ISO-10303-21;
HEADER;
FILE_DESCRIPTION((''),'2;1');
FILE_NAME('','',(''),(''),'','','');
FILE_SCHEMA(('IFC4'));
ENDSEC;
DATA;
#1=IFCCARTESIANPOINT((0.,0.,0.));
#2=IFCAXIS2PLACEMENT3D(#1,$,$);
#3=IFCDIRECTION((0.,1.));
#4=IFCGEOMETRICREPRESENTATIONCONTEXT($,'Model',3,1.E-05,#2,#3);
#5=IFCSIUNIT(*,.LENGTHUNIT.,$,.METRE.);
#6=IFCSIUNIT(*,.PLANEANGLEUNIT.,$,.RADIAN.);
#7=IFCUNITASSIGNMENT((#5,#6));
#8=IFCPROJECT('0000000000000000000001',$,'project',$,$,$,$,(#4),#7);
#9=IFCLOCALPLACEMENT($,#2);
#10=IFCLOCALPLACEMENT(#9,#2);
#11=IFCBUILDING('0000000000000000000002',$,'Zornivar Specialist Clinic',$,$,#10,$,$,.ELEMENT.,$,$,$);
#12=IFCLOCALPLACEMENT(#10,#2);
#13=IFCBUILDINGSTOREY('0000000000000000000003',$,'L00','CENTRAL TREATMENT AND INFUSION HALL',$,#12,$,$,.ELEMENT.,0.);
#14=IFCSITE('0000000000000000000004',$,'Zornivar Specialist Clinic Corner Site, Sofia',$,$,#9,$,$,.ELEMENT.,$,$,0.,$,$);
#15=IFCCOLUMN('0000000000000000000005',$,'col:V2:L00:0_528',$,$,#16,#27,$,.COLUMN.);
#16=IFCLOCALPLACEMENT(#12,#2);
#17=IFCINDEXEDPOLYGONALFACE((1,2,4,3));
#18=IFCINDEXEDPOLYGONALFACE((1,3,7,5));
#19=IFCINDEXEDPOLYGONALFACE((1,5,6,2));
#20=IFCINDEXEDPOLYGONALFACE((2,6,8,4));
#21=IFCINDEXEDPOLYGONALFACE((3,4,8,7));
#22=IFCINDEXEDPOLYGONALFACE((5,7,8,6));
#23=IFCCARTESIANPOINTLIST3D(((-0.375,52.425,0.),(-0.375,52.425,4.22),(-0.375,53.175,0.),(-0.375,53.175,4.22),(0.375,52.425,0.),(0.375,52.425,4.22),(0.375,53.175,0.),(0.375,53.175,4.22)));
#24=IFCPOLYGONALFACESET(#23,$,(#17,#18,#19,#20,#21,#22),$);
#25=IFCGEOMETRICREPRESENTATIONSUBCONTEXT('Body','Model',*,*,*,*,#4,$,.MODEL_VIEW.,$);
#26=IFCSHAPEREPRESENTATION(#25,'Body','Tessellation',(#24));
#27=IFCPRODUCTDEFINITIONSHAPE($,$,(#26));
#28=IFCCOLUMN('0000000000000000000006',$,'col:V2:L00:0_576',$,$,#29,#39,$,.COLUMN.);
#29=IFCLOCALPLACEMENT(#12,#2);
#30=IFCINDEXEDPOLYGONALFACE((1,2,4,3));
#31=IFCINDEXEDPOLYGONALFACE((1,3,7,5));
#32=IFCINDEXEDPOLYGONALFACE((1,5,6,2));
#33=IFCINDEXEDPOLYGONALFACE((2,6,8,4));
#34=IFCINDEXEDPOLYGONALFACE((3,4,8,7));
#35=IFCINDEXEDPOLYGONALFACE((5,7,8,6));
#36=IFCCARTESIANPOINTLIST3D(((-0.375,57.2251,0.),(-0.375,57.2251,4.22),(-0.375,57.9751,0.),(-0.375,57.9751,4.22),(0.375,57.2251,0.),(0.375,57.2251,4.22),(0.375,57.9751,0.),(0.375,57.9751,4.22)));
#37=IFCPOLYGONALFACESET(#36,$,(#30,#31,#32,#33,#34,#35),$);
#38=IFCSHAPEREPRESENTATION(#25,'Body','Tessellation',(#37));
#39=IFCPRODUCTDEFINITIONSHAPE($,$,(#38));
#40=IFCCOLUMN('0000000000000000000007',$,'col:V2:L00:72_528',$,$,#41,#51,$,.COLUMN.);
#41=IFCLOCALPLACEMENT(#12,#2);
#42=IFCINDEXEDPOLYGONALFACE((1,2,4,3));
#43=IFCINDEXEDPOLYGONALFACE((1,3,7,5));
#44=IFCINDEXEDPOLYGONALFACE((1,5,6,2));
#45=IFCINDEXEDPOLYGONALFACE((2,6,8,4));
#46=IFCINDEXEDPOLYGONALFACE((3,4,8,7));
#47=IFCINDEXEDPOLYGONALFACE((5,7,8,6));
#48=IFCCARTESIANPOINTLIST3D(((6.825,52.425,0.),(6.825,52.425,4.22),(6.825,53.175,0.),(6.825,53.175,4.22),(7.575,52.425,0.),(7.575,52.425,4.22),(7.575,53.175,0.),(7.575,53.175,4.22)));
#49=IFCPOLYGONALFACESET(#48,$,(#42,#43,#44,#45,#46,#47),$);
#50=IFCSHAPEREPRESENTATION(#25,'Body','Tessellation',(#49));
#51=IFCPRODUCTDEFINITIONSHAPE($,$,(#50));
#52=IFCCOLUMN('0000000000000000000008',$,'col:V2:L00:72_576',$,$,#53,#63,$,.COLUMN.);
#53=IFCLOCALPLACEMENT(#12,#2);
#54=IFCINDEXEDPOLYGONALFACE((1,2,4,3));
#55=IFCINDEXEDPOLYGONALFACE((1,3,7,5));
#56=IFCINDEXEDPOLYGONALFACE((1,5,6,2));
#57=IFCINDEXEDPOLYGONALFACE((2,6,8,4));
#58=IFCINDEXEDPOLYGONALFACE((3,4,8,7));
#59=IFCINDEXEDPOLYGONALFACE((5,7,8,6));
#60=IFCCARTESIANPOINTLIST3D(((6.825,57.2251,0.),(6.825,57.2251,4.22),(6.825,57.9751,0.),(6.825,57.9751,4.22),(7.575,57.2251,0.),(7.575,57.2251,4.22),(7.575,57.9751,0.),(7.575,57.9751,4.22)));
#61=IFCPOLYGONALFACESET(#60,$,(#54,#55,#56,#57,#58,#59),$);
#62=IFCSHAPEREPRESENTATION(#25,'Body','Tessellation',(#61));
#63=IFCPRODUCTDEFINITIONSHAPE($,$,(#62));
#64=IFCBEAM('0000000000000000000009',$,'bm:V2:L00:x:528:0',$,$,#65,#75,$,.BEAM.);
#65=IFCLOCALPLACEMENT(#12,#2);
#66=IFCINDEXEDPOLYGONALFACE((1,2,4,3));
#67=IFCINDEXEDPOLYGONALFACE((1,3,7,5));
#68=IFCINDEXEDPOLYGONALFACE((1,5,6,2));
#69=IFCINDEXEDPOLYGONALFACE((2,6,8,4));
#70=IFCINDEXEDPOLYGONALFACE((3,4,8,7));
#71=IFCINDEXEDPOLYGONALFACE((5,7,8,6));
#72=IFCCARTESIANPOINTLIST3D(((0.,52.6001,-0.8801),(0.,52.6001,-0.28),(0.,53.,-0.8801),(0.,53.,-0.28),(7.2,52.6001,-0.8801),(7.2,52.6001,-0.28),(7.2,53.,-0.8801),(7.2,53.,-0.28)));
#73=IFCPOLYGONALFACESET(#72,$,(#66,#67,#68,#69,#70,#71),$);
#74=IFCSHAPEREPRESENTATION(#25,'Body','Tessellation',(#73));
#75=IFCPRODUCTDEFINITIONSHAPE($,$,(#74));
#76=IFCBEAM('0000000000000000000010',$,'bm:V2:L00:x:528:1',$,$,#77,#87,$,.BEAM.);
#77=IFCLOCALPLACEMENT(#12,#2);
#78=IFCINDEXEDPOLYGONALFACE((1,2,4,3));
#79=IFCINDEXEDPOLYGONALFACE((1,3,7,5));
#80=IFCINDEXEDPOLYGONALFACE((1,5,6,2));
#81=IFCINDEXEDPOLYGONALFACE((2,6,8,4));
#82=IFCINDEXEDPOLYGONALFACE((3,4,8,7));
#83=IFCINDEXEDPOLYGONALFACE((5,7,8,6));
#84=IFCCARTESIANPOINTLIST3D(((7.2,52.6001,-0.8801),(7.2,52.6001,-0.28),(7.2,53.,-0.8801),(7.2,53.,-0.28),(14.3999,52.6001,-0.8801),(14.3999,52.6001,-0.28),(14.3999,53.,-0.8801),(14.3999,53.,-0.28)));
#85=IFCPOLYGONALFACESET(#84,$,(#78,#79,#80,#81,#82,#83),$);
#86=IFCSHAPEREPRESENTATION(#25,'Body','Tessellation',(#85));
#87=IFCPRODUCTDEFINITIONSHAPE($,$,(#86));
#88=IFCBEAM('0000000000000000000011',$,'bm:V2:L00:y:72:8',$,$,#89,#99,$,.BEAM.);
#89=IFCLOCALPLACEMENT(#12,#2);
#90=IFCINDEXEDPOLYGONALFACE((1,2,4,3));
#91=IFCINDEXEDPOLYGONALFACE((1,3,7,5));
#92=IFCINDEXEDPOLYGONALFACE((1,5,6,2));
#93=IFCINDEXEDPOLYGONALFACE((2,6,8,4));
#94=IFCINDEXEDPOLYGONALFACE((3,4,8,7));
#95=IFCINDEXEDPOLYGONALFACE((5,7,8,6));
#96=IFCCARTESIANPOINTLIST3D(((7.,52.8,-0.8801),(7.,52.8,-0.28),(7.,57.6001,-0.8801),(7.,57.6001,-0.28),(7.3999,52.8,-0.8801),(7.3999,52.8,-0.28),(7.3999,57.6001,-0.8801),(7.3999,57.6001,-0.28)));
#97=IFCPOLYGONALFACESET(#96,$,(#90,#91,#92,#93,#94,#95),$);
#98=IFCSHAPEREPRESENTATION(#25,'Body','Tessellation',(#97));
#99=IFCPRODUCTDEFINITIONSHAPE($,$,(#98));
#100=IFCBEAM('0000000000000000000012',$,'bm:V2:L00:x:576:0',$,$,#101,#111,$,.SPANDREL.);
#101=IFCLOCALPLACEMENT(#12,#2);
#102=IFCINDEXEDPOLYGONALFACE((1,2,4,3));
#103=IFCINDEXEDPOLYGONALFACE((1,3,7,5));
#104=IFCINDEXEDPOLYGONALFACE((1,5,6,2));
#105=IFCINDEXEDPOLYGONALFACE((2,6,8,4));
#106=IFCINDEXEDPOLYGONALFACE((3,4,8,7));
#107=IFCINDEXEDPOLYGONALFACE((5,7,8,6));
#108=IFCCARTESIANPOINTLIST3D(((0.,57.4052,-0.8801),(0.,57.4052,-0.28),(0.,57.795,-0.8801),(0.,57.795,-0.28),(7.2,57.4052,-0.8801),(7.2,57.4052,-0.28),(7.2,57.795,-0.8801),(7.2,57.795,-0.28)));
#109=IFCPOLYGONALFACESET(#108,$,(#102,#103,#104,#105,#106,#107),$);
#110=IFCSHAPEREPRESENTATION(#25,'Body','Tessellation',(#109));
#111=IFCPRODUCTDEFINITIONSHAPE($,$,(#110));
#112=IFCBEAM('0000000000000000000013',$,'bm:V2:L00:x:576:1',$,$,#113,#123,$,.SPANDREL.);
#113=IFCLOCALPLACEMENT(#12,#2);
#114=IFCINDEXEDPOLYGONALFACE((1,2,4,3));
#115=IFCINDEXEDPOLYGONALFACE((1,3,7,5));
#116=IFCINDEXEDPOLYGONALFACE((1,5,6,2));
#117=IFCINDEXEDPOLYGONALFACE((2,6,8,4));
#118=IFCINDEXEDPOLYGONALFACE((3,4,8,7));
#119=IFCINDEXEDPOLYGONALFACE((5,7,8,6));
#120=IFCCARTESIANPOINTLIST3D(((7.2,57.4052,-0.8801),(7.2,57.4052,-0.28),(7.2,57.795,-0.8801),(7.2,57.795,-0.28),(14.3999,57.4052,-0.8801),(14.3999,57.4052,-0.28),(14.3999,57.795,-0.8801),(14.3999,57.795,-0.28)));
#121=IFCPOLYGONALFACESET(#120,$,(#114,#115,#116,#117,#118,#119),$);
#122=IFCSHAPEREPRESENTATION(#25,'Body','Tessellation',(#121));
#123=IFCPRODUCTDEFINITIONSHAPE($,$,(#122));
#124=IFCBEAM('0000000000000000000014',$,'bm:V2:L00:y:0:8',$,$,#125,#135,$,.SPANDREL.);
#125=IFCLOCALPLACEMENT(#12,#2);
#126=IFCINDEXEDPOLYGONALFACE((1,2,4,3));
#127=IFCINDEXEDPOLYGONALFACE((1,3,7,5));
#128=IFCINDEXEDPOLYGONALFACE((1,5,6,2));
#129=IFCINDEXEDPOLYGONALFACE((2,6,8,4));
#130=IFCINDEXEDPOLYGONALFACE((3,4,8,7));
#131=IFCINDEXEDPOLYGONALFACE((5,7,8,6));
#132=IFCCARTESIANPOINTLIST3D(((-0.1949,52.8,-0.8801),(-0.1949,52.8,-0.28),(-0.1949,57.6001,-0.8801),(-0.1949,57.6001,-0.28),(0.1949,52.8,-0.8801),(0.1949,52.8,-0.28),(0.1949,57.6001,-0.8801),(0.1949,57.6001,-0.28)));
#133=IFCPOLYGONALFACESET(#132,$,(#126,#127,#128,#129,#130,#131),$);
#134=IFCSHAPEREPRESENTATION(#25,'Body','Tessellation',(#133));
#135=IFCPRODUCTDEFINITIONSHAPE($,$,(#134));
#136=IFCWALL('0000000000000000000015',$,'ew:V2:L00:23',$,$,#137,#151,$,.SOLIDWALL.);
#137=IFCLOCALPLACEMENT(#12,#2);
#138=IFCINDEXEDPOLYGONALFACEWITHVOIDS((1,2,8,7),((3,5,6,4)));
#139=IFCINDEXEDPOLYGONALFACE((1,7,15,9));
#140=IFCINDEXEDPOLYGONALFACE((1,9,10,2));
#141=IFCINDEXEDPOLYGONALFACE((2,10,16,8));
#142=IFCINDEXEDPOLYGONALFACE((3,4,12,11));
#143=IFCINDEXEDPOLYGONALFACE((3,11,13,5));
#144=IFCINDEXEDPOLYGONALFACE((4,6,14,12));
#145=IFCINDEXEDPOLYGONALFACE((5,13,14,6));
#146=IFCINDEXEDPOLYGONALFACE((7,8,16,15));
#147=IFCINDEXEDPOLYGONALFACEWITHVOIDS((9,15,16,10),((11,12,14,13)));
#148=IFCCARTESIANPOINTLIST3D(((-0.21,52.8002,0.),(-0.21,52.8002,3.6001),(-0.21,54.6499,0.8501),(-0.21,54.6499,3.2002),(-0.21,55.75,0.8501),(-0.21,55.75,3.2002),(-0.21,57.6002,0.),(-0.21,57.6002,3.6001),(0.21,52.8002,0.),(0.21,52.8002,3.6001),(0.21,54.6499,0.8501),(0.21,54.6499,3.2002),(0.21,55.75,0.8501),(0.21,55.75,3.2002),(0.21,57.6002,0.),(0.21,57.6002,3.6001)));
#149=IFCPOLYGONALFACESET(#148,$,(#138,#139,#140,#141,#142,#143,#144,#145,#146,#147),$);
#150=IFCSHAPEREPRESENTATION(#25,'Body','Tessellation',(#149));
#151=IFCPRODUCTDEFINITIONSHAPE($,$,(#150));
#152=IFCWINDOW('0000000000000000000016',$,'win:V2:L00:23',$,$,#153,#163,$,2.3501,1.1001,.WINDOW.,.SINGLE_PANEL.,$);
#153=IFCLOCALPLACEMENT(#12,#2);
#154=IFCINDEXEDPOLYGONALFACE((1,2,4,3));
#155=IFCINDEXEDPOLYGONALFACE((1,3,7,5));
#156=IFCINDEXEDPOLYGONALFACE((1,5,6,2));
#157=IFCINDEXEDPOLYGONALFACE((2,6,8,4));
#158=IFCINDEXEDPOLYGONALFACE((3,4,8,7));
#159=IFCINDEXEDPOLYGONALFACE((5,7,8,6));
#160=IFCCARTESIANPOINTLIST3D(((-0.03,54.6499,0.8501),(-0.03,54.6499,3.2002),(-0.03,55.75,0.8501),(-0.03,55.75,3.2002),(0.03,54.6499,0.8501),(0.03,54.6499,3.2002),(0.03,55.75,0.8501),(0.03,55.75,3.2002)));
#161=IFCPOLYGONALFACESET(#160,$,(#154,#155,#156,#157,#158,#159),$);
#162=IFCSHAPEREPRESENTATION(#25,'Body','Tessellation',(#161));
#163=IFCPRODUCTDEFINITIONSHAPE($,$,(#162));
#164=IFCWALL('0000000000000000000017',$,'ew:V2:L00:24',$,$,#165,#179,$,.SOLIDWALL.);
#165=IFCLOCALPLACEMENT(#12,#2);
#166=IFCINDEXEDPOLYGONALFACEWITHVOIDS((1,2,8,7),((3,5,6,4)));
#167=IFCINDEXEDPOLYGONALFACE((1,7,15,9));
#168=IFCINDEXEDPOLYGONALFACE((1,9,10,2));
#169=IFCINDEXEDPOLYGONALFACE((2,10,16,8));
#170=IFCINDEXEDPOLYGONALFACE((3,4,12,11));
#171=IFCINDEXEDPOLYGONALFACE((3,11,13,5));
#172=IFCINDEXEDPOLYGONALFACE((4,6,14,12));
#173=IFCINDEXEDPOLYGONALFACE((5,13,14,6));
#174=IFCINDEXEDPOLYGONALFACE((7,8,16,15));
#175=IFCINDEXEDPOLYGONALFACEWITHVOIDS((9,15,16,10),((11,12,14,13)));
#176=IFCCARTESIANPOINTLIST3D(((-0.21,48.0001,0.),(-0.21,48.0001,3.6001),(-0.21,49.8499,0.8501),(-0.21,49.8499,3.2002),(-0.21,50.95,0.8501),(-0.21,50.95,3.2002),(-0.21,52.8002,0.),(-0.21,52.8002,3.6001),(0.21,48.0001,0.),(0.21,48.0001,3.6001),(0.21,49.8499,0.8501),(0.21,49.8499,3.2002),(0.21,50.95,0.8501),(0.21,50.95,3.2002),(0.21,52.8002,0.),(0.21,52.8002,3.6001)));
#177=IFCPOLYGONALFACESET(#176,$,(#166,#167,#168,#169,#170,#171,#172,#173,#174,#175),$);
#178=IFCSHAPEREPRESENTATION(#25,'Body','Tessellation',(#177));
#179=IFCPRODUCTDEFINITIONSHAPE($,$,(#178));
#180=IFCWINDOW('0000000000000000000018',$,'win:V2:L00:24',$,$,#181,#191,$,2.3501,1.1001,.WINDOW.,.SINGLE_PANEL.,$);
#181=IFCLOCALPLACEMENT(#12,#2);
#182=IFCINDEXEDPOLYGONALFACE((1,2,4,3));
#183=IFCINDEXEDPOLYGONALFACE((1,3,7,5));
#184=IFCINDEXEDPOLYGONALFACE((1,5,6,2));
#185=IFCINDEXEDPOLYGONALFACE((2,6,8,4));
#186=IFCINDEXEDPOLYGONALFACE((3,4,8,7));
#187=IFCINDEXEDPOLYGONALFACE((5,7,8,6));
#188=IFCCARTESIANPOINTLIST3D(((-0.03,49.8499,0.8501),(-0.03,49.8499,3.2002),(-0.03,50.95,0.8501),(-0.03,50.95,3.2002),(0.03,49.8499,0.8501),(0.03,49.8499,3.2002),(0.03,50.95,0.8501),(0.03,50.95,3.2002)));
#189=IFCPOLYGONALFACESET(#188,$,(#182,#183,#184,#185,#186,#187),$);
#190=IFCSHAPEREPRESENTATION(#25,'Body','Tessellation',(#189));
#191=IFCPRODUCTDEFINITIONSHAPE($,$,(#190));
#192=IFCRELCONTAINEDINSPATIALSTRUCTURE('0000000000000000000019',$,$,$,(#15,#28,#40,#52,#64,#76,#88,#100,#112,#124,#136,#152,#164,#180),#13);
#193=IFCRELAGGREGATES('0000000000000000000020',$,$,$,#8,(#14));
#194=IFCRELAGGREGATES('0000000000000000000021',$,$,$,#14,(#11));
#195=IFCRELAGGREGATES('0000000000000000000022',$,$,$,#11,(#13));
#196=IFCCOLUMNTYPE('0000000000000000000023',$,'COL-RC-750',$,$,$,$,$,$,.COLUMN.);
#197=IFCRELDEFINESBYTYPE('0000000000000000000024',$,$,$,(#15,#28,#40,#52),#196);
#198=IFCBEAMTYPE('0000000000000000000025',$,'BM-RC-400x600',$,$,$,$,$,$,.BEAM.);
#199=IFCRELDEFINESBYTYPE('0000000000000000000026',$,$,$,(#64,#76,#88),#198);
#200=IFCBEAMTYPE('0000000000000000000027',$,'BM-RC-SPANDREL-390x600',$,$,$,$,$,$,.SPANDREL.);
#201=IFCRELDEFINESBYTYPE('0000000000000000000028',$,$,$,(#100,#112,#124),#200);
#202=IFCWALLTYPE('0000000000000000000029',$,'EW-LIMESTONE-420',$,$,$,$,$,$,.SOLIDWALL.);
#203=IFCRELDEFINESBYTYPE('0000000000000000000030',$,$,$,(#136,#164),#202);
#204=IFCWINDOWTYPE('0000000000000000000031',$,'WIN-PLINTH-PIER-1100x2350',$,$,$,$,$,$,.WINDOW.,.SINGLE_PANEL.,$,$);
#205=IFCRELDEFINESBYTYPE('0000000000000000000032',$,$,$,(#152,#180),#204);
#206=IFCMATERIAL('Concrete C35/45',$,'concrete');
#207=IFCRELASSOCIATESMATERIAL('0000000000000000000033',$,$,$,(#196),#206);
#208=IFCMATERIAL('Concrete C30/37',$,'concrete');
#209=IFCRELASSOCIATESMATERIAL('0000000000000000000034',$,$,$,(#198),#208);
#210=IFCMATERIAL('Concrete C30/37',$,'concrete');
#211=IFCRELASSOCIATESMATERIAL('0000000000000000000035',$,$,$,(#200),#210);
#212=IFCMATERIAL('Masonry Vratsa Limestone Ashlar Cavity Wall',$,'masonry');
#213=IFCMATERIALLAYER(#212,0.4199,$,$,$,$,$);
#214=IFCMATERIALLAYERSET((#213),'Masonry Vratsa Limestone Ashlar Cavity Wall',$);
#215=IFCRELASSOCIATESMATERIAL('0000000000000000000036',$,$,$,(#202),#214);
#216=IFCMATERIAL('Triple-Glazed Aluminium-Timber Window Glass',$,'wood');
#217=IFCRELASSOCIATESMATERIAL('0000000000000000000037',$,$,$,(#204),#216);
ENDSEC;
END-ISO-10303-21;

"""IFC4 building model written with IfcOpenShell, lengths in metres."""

from ifc_helpers import new_model, si_unit, direction, frame, frame_2d, origin, origin_2d, place, context, subcontext, project, spatial, rectangle, extrude, material, layer, layer_set, material_profile, profile_set, type_object, element, fill, save


model = new_model("IFC4")

# Units and contexts
model_context = context("Model", 3, precision=1e-05, world=origin(), true_north=direction((0.0, 1.0)))
body_context = subcontext(model_context, "Body", "Model", "MODEL_VIEW")
ifc_project = project(units=[si_unit("LENGTHUNIT", "METRE"), si_unit("PLANEANGLEUNIT", "RADIAN")], contexts=[model_context])

# Site, building, storey
site_placement = place(None, origin())
site = spatial("IfcSite", under=ifc_project, at=site_placement, Name="Zornivar Specialist Clinic Corner Site, Sofia", CompositionType="ELEMENT", RefElevation=0.0)
building_placement = place(site_placement, origin())
building = spatial("IfcBuilding", under=site, at=building_placement, Name="Zornivar Specialist Clinic", CompositionType="ELEMENT")
storey_placement = place(building_placement, origin())
storey = spatial("IfcBuildingStorey", under=building, at=storey_placement, Name="L00", Description="CENTRAL TREATMENT AND INFUSION HALL", CompositionType="ELEMENT", Elevation=0.0)

# Columns
ifc_material_1 = material(Name="Concrete C35/45", Category="concrete")
ifc_material_profile_1 = material_profile(ifc_material_1, rectangle(XDim=0.75, YDim=0.75, at=origin_2d()), Name="RC 750x750")
ifc_profile_set_1 = profile_set([ifc_material_profile_1], Name="Concrete C35/45")
column_type = type_object("IfcColumnType", Name="COL-RC-750", PredefinedType="COLUMN", material=ifc_profile_set_1)
for number, where, z_axis, x_axis, name in (
    (1, (0.0, 52.8, 0.0), (0.0, 0.0, 1.0), (1.0, 0.0, 0.0), "col:V2:L00:0_528"),
    (2, (0.0, 57.6001, 0.0), (0.0, 0.0, 1.0), (1.0, 0.0, 0.0), "col:V2:L00:0_576"),
    (3, (7.2, 52.8, 0.0), (0.0, 0.0, 1.0), (1.0, 0.0, 0.0), "col:V2:L00:72_528"),
    (4, (7.2, 57.6001, 0.0), (0.0, 0.0, 1.0), (1.0, 0.0, 0.0), "col:V2:L00:72_576"),
):
    element("IfcColumn", number, at=place(storey_placement, frame(where, z_axis=z_axis, x_axis=x_axis)), inside=storey, type_object=column_type, Name=name, PredefinedType="COLUMN", context=body_context, shape_type="SweptSolid", body=[
        extrude(rectangle(XDim=0.75, YDim=0.75, at=origin_2d()), origin(), (0.0, 0.0, 1.0), 4.22),
    ])

# Beams
ifc_material_2 = material(Name="Concrete C30/37", Category="concrete")
ifc_material_profile_2 = material_profile(ifc_material_2, rectangle(XDim=0.3999, YDim=0.6001, at=origin_2d()), Name="RC 400x600")
ifc_profile_set_2 = profile_set([ifc_material_profile_2], Name="Concrete C30/37")
beam_type_1 = type_object("IfcBeamType", Name="BM-RC-400x600", PredefinedType="BEAM", material=ifc_profile_set_2)
for number, where, z_axis, x_axis, name in (
    (5, (0.0, 52.8, -0.5801), (1.0, 0.0, 0.0), (0.0, 1.0, 0.0), "bm:V2:L00:x:528:0"),
    (6, (7.2, 52.8, -0.5801), (1.0, 0.0, 0.0), (0.0, 1.0, 0.0), "bm:V2:L00:x:528:1"),
):
    element("IfcBeam", number, at=place(storey_placement, frame(where, z_axis=z_axis, x_axis=x_axis)), inside=storey, type_object=beam_type_1, Name=name, PredefinedType="BEAM", context=body_context, shape_type="SweptSolid", body=[
        extrude(rectangle(XDim=0.3999, YDim=0.6001, at=origin_2d()), origin(), (0.0, 0.0, 1.0), 7.2),
    ])
beam_1_placement = place(storey_placement, frame((7.2, 52.8, -0.5801), z_axis=(0.0, 1.0, 0.0), x_axis=(-1.0, 0.0, 0.0)))
element("IfcBeam", 7, at=beam_1_placement, inside=storey, type_object=beam_type_1, Name="bm:V2:L00:y:72:8", PredefinedType="BEAM", context=body_context, shape_type="SweptSolid", body=[
    extrude(rectangle(XDim=0.3999, YDim=0.6001, at=origin_2d()), origin(), (0.0, 0.0, 1.0), 4.8),
])
ifc_material_3 = material(Name="Concrete C30/37", Category="concrete")
ifc_material_profile_3 = material_profile(ifc_material_3, rectangle(XDim=0.3899, YDim=0.6001, at=origin_2d()), Name="RC 390x600")
ifc_profile_set_3 = profile_set([ifc_material_profile_3], Name="Concrete C30/37")
beam_type_2 = type_object("IfcBeamType", Name="BM-RC-SPANDREL-390x600", PredefinedType="SPANDREL", material=ifc_profile_set_3)
for number, where, z_axis, x_axis, name in (
    (8, (0.0, 57.6001, -0.5801), (1.0, 0.0, 0.0), (0.0, 1.0, 0.0), "bm:V2:L00:x:576:0"),
    (9, (7.2, 57.6001, -0.5801), (1.0, 0.0, 0.0), (0.0, 1.0, 0.0), "bm:V2:L00:x:576:1"),
):
    element("IfcBeam", number, at=place(storey_placement, frame(where, z_axis=z_axis, x_axis=x_axis)), inside=storey, type_object=beam_type_2, Name=name, PredefinedType="SPANDREL", context=body_context, shape_type="SweptSolid", body=[
        extrude(rectangle(XDim=0.3899, YDim=0.6001, at=origin_2d()), origin(), (0.0, 0.0, 1.0), 7.2),
    ])
beam_2_placement = place(storey_placement, frame((0.0, 52.8, -0.5801), z_axis=(0.0, 1.0, 0.0), x_axis=(-1.0, 0.0, 0.0)))
element("IfcBeam", 10, at=beam_2_placement, inside=storey, type_object=beam_type_2, Name="bm:V2:L00:y:0:8", PredefinedType="SPANDREL", context=body_context, shape_type="SweptSolid", body=[
    extrude(rectangle(XDim=0.3899, YDim=0.6001, at=origin_2d()), origin(), (0.0, 0.0, 1.0), 4.8),
])

# Walls, openings, windows
ifc_material_4 = material(Name="Masonry Vratsa Limestone Ashlar Cavity Wall", Category="masonry")
ifc_layer_1 = layer(ifc_material_4, 0.4199)
ifc_layer_set_1 = layer_set([ifc_layer_1], Name="Masonry Vratsa Limestone Ashlar Cavity Wall")
wall_type_1 = type_object("IfcWallType", Name="EW-LIMESTONE-420", PredefinedType="SOLIDWALL", material=ifc_layer_set_1)
wall_1_placement = place(storey_placement, frame((0.0, 57.6001, 0.0), z_axis=(0.0, 0.0, 1.0), x_axis=(0.0, -1.0, 0.0)))
wall_1 = element("IfcWall", 11, at=wall_1_placement, inside=storey, type_object=wall_type_1, Name="ew:V2:L00:23", PredefinedType="SOLIDWALL", context=body_context, shape_type="SweptSolid", body=[
    extrude(rectangle(XDim=4.8, YDim=0.4199, at=frame_2d((2.3999, 0.0))), origin(), (0.0, 0.0, 1.0), 3.6001),
])
opening_1_placement = place(wall_1_placement, frame((1.8501, 0.0, 0.8501)))
opening_1 = element("IfcOpeningElement", 12, at=opening_1_placement, cuts=wall_1, PredefinedType="OPENING", context=body_context, shape_type="SweptSolid", body=[
    extrude(rectangle(XDim=1.1001, YDim=2.3501, at=frame_2d((0.55, 1.175))), frame((0.0, 0.22, 0.0), z_axis=(0.0, -1.0, 0.0), x_axis=(1.0, 0.0, 0.0)), (0.0, 0.0, 1.0), 0.4399),
])
ifc_material_5 = material(Name="Triple-Glazed Aluminium-Timber Window Glass", Category="wood")
window_type = type_object("IfcWindowType", Name="WIN-PLINTH-PIER-1100x2350", PartitioningType="SINGLE_PANEL", PredefinedType="WINDOW", material=ifc_material_5)
window_1_placement = place(opening_1_placement, origin())
window_1 = element("IfcWindow", 13, at=window_1_placement, inside=storey, type_object=window_type, Name="win:V2:L00:23", OverallHeight=2.3501, OverallWidth=1.1001, PartitioningType="SINGLE_PANEL", PredefinedType="WINDOW", context=body_context, shape_type="SweptSolid", body=[
    extrude(rectangle(XDim=1.1001, YDim=2.3501, at=frame_2d((0.55, 1.175))), frame((0.0, 0.03, 0.0), z_axis=(0.0, -1.0, 0.0), x_axis=(1.0, 0.0, 0.0)), (0.0, 0.0, 1.0), 0.0601),
])
fill(opening_1, window_1)
wall_2_placement = place(storey_placement, frame((0.0, 52.8, 0.0), z_axis=(0.0, 0.0, 1.0), x_axis=(0.0, -1.0, 0.0)))
wall_2 = element("IfcWall", 14, at=wall_2_placement, inside=storey, type_object=wall_type_1, Name="ew:V2:L00:24", PredefinedType="SOLIDWALL", context=body_context, shape_type="SweptSolid", body=[
    extrude(rectangle(XDim=4.8, YDim=0.4199, at=frame_2d((2.3999, 0.0))), origin(), (0.0, 0.0, 1.0), 3.6001),
])
opening_2_placement = place(wall_2_placement, frame((1.8501, 0.0, 0.8501)))
opening_2 = element("IfcOpeningElement", 15, at=opening_2_placement, cuts=wall_2, PredefinedType="OPENING", context=body_context, shape_type="SweptSolid", body=[
    extrude(rectangle(XDim=1.1001, YDim=2.3501, at=frame_2d((0.55, 1.175))), frame((0.0, 0.22, 0.0), z_axis=(0.0, -1.0, 0.0), x_axis=(1.0, 0.0, 0.0)), (0.0, 0.0, 1.0), 0.4399),
])
window_2_placement = place(opening_2_placement, origin())
window_2 = element("IfcWindow", 16, at=window_2_placement, inside=storey, type_object=window_type, Name="win:V2:L00:24", OverallHeight=2.3501, OverallWidth=1.1001, PartitioningType="SINGLE_PANEL", PredefinedType="WINDOW", context=body_context, shape_type="SweptSolid", body=[
    extrude(rectangle(XDim=1.1001, YDim=2.3501, at=frame_2d((0.55, 1.175))), frame((0.0, 0.03, 0.0), z_axis=(0.0, -1.0, 0.0), x_axis=(1.0, 0.0, 0.0)), (0.0, 0.0, 1.0), 0.0601),
])
fill(opening_2, window_2)

save(model, "model.ifc")
